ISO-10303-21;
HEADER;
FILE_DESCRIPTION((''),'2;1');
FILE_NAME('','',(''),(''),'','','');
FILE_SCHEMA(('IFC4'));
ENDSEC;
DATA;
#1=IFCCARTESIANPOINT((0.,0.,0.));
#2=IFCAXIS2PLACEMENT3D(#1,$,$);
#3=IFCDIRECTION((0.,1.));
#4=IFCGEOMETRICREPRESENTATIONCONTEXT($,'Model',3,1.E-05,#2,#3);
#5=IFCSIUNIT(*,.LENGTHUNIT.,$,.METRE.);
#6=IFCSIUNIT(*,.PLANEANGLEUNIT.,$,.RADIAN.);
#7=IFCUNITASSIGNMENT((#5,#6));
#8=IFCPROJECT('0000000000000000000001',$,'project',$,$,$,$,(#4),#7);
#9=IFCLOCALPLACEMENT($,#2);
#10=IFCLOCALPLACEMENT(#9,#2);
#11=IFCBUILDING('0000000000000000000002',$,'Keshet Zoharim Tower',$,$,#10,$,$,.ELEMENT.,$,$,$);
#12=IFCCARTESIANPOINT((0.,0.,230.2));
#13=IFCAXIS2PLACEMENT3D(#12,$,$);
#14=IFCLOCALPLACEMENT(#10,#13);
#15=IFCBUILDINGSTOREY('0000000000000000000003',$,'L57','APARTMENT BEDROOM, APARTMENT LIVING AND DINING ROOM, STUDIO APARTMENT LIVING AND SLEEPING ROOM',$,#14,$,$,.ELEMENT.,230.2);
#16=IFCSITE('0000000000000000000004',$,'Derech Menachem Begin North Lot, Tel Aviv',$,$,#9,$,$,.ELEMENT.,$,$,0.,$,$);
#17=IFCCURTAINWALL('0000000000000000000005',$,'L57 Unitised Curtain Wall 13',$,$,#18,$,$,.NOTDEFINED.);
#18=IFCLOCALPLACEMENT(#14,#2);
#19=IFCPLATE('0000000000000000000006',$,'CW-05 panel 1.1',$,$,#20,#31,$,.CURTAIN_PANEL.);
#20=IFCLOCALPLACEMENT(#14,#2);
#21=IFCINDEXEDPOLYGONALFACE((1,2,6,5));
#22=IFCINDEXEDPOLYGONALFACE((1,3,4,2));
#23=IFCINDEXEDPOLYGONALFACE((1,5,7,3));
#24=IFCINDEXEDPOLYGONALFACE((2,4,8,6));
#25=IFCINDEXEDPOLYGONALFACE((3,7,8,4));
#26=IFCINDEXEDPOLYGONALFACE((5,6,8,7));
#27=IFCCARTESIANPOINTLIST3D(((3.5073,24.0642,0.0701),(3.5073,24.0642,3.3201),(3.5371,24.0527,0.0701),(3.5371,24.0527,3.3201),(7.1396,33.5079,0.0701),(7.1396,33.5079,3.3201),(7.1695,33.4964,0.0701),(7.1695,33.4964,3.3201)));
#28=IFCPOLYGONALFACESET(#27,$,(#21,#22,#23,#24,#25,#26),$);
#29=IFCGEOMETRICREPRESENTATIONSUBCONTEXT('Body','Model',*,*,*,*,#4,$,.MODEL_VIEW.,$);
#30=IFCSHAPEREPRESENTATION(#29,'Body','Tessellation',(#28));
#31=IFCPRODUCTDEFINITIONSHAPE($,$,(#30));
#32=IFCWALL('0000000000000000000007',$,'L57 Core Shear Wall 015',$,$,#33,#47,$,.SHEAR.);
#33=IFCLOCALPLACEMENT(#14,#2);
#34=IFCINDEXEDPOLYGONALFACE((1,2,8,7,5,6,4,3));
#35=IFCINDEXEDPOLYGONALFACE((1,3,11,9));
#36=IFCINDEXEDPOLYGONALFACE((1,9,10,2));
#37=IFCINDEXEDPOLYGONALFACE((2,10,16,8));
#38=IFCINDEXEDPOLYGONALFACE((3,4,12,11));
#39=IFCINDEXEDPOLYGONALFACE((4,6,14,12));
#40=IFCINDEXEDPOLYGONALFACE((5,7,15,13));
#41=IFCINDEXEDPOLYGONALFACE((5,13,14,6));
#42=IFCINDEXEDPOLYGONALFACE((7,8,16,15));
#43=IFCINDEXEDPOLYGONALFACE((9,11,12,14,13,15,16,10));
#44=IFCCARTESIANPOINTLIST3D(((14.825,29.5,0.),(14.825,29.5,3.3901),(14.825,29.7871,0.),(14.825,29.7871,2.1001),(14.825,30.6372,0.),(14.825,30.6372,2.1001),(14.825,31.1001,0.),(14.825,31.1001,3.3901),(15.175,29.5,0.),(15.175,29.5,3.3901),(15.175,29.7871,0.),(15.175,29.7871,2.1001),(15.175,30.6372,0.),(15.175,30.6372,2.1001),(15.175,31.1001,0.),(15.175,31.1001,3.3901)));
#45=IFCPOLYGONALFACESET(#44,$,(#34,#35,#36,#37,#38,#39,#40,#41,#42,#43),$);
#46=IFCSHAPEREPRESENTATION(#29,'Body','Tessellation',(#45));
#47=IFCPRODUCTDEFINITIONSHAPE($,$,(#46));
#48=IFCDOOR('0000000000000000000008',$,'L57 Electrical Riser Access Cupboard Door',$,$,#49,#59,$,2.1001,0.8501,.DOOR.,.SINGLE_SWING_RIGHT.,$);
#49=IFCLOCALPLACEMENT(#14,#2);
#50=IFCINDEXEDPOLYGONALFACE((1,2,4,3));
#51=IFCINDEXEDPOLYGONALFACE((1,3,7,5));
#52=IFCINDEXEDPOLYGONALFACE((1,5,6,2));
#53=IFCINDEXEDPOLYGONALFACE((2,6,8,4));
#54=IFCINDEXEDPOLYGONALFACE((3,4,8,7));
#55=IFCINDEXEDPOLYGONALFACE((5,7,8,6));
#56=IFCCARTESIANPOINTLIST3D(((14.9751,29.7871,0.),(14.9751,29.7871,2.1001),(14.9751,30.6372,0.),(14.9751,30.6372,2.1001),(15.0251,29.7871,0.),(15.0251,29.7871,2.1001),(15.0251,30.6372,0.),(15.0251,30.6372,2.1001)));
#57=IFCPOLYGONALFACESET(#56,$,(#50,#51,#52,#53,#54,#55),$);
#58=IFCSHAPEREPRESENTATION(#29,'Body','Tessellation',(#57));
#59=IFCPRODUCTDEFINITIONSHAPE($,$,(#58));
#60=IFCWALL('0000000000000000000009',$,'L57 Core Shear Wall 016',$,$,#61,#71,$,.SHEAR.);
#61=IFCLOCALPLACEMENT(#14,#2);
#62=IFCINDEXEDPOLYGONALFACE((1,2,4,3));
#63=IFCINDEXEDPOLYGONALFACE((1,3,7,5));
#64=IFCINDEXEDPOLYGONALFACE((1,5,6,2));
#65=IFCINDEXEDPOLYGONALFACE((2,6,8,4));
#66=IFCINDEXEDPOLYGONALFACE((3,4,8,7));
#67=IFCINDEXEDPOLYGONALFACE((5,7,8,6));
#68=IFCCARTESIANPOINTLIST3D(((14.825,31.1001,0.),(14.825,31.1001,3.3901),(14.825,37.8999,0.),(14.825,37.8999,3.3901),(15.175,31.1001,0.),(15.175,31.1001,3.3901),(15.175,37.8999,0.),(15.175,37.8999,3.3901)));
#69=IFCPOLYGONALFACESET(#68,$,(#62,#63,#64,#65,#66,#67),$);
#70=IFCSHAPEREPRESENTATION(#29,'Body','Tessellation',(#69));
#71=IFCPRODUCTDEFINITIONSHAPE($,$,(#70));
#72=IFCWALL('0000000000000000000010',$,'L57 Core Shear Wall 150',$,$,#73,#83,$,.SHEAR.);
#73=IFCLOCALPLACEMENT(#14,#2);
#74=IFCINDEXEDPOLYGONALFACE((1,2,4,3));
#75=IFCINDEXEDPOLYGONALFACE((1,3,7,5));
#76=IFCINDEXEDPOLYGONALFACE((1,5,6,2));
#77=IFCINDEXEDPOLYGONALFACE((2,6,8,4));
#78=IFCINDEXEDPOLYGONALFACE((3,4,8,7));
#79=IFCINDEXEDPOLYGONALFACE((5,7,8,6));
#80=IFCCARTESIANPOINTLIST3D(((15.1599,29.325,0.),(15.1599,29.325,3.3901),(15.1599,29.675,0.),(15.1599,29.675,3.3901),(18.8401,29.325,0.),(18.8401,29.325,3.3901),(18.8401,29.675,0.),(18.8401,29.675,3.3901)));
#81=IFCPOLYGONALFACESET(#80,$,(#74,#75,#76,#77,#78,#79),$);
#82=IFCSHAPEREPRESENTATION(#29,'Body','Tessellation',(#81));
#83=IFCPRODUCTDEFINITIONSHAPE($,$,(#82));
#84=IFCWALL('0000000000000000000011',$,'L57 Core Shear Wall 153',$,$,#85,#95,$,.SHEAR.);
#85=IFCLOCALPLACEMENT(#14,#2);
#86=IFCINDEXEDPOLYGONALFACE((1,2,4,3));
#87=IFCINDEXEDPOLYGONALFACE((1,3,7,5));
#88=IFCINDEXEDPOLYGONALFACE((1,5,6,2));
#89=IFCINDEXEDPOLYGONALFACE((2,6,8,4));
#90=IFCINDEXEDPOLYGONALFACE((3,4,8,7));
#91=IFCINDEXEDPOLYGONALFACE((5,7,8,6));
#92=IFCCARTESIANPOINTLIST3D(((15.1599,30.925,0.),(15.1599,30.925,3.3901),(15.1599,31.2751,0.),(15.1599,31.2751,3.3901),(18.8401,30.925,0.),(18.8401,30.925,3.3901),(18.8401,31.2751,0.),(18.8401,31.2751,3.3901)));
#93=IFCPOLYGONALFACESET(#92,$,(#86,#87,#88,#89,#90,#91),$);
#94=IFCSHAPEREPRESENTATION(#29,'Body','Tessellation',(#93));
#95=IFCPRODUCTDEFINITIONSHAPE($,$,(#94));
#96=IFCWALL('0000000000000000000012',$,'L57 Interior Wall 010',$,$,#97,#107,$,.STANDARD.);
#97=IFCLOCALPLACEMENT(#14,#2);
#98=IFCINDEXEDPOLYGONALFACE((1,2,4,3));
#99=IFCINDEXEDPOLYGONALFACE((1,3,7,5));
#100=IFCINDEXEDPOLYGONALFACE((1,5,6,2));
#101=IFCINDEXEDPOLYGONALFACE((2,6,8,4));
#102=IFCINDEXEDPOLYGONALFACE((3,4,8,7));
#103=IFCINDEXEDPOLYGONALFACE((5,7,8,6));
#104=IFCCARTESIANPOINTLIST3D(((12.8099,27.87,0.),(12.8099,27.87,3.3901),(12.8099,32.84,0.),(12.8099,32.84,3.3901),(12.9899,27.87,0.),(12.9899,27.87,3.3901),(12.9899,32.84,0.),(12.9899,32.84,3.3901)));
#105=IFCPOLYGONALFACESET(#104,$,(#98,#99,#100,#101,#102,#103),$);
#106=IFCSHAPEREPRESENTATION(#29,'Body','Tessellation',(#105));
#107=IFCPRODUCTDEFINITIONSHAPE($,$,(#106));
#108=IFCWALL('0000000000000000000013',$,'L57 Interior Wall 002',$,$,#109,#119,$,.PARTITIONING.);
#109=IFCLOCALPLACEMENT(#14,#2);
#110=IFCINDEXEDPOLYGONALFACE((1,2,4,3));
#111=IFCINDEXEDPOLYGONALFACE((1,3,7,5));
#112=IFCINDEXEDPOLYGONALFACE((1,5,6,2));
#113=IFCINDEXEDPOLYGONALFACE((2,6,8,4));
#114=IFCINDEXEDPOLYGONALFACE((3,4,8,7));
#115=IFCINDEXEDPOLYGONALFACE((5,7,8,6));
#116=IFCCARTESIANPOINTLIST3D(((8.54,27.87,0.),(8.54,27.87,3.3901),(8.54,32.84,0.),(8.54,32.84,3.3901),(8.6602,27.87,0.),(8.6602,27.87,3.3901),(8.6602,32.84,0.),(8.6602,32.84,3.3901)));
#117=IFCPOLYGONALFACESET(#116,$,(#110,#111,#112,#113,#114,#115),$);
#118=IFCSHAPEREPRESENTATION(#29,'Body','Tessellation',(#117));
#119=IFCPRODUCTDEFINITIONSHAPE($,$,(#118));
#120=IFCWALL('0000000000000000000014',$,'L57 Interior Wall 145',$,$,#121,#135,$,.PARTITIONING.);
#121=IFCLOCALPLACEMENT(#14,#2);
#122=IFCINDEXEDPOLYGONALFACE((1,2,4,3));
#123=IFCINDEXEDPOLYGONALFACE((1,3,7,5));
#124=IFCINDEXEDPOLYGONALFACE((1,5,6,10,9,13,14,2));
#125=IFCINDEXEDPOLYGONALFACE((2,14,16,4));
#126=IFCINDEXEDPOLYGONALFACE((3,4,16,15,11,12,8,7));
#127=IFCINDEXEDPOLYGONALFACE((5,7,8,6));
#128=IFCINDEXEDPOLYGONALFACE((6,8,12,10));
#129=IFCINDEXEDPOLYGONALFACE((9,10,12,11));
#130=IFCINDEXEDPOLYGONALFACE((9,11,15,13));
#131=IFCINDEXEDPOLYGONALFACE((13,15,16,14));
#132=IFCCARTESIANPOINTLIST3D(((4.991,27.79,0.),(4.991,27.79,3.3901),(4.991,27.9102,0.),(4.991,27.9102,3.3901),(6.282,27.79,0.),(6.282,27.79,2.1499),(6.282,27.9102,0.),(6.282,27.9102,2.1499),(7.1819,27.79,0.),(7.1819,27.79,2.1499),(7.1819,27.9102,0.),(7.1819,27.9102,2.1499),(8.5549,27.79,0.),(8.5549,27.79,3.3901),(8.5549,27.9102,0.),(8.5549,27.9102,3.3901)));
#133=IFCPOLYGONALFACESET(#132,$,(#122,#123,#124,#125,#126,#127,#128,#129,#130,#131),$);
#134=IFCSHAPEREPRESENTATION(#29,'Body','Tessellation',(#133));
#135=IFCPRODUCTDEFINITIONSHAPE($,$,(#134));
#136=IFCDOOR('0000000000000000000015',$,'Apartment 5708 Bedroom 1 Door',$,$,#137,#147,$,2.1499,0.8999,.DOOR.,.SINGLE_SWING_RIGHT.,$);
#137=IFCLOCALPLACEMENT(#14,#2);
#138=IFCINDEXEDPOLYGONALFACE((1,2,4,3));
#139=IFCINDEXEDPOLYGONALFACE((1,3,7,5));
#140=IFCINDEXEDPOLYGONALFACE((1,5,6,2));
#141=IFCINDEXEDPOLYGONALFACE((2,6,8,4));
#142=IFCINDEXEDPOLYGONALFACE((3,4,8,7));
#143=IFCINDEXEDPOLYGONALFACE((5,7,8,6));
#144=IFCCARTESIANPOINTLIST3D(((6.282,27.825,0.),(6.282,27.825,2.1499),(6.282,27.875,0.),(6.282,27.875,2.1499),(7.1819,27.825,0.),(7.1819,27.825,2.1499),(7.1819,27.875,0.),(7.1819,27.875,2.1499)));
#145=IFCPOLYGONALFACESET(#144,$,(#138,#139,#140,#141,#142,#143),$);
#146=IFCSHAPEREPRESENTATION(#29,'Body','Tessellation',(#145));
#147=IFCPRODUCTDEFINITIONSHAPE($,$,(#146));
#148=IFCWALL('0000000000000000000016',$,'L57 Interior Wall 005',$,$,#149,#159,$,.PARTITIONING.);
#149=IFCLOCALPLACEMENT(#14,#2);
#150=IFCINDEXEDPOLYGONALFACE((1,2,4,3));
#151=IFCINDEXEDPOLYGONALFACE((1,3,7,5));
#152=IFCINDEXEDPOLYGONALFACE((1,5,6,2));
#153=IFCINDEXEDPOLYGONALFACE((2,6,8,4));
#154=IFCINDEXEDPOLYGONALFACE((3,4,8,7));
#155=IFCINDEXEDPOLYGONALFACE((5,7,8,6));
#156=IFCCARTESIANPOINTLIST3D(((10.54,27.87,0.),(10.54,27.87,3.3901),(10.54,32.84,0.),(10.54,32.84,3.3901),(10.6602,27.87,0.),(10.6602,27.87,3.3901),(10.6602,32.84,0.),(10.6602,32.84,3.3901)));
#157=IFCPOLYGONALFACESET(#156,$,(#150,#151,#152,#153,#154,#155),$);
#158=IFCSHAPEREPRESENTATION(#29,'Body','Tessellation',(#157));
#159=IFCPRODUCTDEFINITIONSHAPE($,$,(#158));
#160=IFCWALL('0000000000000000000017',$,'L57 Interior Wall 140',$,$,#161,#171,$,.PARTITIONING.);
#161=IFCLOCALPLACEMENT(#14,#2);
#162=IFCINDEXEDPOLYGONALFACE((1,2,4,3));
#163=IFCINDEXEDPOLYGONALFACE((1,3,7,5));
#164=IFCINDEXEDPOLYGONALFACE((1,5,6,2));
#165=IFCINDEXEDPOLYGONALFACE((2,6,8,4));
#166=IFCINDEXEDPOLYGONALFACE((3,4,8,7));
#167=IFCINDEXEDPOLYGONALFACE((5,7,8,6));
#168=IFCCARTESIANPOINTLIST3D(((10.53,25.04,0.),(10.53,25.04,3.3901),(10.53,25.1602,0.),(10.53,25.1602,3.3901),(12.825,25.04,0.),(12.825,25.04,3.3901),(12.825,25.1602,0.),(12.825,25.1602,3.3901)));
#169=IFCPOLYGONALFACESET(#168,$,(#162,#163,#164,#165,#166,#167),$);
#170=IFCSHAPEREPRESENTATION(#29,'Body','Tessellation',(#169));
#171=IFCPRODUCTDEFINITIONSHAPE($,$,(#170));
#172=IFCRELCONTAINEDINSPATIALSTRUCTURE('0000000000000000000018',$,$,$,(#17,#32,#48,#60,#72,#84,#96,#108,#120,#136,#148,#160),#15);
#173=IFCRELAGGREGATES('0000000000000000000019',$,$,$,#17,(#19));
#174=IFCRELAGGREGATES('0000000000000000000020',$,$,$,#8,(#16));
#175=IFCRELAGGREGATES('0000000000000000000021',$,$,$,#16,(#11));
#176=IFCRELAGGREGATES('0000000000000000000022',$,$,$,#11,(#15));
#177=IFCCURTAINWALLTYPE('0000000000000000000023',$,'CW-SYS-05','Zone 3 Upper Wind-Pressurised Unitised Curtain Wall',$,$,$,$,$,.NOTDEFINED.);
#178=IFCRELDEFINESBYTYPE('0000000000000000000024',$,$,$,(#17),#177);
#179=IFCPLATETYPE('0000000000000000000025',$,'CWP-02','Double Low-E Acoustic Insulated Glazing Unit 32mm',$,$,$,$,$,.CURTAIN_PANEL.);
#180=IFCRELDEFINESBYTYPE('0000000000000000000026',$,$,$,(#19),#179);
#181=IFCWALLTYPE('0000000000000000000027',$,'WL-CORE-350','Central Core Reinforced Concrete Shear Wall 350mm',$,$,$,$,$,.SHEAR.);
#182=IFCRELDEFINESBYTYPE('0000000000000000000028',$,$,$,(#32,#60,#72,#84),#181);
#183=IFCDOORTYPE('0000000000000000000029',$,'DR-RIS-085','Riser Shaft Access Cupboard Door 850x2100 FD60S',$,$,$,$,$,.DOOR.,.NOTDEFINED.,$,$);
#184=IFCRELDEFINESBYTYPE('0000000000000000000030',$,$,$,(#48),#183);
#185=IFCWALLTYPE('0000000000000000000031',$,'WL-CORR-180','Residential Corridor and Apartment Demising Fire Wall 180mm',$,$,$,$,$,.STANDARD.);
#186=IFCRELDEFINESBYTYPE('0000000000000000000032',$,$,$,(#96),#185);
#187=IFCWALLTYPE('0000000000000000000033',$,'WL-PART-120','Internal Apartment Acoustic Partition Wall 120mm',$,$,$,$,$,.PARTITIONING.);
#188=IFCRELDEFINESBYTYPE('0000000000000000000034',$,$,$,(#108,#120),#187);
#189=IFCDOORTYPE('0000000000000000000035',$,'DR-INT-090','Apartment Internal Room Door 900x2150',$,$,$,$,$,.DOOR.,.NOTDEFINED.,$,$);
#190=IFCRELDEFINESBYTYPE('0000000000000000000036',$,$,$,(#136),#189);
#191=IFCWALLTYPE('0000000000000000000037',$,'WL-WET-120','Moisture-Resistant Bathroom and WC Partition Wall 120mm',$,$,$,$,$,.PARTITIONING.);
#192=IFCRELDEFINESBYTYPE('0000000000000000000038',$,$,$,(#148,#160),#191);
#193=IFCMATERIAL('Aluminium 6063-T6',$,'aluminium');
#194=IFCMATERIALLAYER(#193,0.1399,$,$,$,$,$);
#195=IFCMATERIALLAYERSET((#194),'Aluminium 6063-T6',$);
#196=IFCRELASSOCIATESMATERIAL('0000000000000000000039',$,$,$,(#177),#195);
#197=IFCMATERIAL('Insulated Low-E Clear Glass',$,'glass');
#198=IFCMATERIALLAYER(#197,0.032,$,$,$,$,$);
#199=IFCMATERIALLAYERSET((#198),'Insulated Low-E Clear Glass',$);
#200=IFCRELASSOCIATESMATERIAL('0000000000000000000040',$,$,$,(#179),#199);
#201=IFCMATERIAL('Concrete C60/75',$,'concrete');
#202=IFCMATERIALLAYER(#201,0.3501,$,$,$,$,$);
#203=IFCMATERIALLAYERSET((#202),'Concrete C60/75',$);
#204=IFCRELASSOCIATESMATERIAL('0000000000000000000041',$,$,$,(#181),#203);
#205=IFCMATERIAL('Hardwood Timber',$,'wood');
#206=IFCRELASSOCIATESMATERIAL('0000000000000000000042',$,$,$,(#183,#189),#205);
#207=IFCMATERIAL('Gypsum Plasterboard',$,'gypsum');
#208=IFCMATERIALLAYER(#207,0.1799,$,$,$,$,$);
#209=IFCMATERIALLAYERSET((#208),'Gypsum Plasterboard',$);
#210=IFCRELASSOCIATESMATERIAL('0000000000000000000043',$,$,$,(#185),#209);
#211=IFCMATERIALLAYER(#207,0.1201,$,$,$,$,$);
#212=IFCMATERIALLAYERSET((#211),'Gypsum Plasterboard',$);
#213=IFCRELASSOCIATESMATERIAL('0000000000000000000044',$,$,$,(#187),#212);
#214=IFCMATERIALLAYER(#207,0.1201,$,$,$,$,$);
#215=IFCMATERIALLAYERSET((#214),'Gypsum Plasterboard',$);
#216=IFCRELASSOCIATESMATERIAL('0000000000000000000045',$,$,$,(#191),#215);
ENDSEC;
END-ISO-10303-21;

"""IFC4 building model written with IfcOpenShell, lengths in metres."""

from ifc_helpers import new_model, si_unit, direction, frame, frame_2d, origin, origin_2d, place, context, subcontext, project, spatial, rectangle, extrude, material, layer, layer_set, type_object, element, fill, aggregate, save


model = new_model("IFC4")

# Units and contexts
model_context = context("Model", 3, precision=1e-05, world=origin(), true_north=direction((0.0, 1.0)))
body_context = subcontext(model_context, "Body", "Model", "MODEL_VIEW")
ifc_project = project(units=[si_unit("LENGTHUNIT", "METRE"), si_unit("PLANEANGLEUNIT", "RADIAN")], contexts=[model_context])

# Site, building, storey
site_placement = place(None, origin())
site = spatial("IfcSite", under=ifc_project, at=site_placement, Name="Derech Menachem Begin North Lot, Tel Aviv", CompositionType="ELEMENT", RefElevation=0.0)
building_placement = place(site_placement, origin())
building = spatial("IfcBuilding", under=site, at=building_placement, Name="Keshet Zoharim Tower", CompositionType="ELEMENT")
storey_placement = place(building_placement, frame((0.0, 0.0, 230.2)))
storey = spatial("IfcBuildingStorey", under=building, at=storey_placement, Name="L57", Description="APARTMENT BEDROOM, APARTMENT LIVING AND DINING ROOM, STUDIO APARTMENT LIVING AND SLEEPING ROOM", CompositionType="ELEMENT", Elevation=230.2)

# Curtain wall, plate
ifc_material_1 = material(Name="Aluminium 6063-T6", Category="aluminium")
ifc_layer_1 = layer(ifc_material_1, 0.1399)
ifc_layer_set_1 = layer_set([ifc_layer_1], Name="Aluminium 6063-T6")
curtain_wall_type = type_object("IfcCurtainWallType", Name="CW-SYS-05", Description="Zone 3 Upper Wind-Pressurised Unitised Curtain Wall", PredefinedType="NOTDEFINED", material=ifc_layer_set_1)
curtain_wall_placement = place(storey_placement, origin())
curtain_wall = element("IfcCurtainWall", 1, at=curtain_wall_placement, inside=storey, type_object=curtain_wall_type, Name="L57 Unitised Curtain Wall 13", PredefinedType="NOTDEFINED")
ifc_material_2 = material(Name="Insulated Low-E Clear Glass", Category="glass")
ifc_layer_2 = layer(ifc_material_2, 0.032)
ifc_layer_set_2 = layer_set([ifc_layer_2], Name="Insulated Low-E Clear Glass")
plate_type = type_object("IfcPlateType", Name="CWP-02", Description="Double Low-E Acoustic Insulated Glazing Unit 32mm", PredefinedType="CURTAIN_PANEL", material=ifc_layer_set_2)
plate_placement = place(storey_placement, frame((5.3384, 28.7803, 0.0701), z_axis=(0.0, 0.0, 1.0), x_axis=(0.35899, 0.933341, 0.0)))
plate = element("IfcPlate", 2, at=plate_placement, type_object=plate_type, Name="CW-05 panel 1.1", PredefinedType="CURTAIN_PANEL", context=body_context, shape_type="SweptSolid", body=[
    extrude(rectangle(XDim=10.1182, YDim=0.032, at=origin_2d()), origin(), (0.0, 0.0, 1.0), 3.25),
])
aggregate(curtain_wall, [plate])

# Wall, opening, door
ifc_material_3 = material(Name="Concrete C60/75", Category="concrete")
ifc_layer_3 = layer(ifc_material_3, 0.3501)
ifc_layer_set_3 = layer_set([ifc_layer_3], Name="Concrete C60/75")
wall_type_1 = type_object("IfcWallType", Name="WL-CORE-350", Description="Central Core Reinforced Concrete Shear Wall 350mm", PredefinedType="SHEAR", material=ifc_layer_set_3)
wall_1_placement = place(storey_placement, frame((15.0, 29.5, 0.0), z_axis=(0.0, 0.0, 1.0), x_axis=(0.0, 1.0, 0.0)))
wall_1 = element("IfcWall", 3, at=wall_1_placement, inside=storey, type_object=wall_type_1, Name="L57 Core Shear Wall 015", PredefinedType="SHEAR", context=body_context, shape_type="SweptSolid", body=[
    extrude(rectangle(XDim=1.6001, YDim=0.3501, at=frame_2d((0.8, 0.0))), origin(), (0.0, 0.0, 1.0), 3.3901),
])
opening_1_placement = place(wall_1_placement, frame((0.2871, 0.0, 0.0)))
opening_1 = element("IfcOpeningElement", 4, at=opening_1_placement, cuts=wall_1, PredefinedType="OPENING", context=body_context, shape_type="SweptSolid", body=[
    extrude(rectangle(XDim=0.8501, YDim=2.1001, at=frame_2d((0.425, 1.05))), frame((0.0, 0.1851, 0.0), z_axis=(0.0, -1.0, 0.0), x_axis=(1.0, 0.0, 0.0)), (0.0, 0.0, 1.0), 0.3701),
])
ifc_material_4 = material(Name="Hardwood Timber", Category="wood")
door_type_1 = type_object("IfcDoorType", Name="DR-RIS-085", Description="Riser Shaft Access Cupboard Door 850x2100 FD60S", OperationType="NOTDEFINED", PredefinedType="DOOR", material=ifc_material_4)
door_1_placement = place(opening_1_placement, origin())
door_1 = element("IfcDoor", 5, at=door_1_placement, inside=storey, type_object=door_type_1, Name="L57 Electrical Riser Access Cupboard Door", OperationType="SINGLE_SWING_RIGHT", OverallHeight=2.1001, OverallWidth=0.8501, PredefinedType="DOOR", context=body_context, shape_type="SweptSolid", body=[
    extrude(rectangle(XDim=0.8501, YDim=2.1001, at=frame_2d((0.425, 1.05))), frame((0.0, 0.0249, 0.0), z_axis=(0.0, -1.0, 0.0), x_axis=(1.0, 0.0, 0.0)), (0.0, 0.0, 1.0), 0.05),
])
fill(opening_1, door_1)

# Walls
wall_2_placement = place(storey_placement, frame((15.0, 31.1001, 0.0), z_axis=(0.0, 0.0, 1.0), x_axis=(0.0, 1.0, 0.0)))
element("IfcWall", 6, at=wall_2_placement, inside=storey, type_object=wall_type_1, Name="L57 Core Shear Wall 016", PredefinedType="SHEAR", context=body_context, shape_type="SweptSolid", body=[
    extrude(rectangle(XDim=6.7998, YDim=0.3501, at=frame_2d((3.3999, 0.0))), origin(), (0.0, 0.0, 1.0), 3.3901),
])
for number, where, z_axis, x_axis, name in (
    (7, (15.1599, 29.5, 0.0), (0.0, 0.0, 1.0), (1.0, 0.0, 0.0), "L57 Core Shear Wall 150"),
    (8, (15.1599, 31.1001, 0.0), (0.0, 0.0, 1.0), (1.0, 0.0, 0.0), "L57 Core Shear Wall 153"),
):
    element("IfcWall", number, at=place(storey_placement, frame(where, z_axis=z_axis, x_axis=x_axis)), inside=storey, type_object=wall_type_1, Name=name, PredefinedType="SHEAR", context=body_context, shape_type="SweptSolid", body=[
        extrude(rectangle(XDim=3.6802, YDim=0.3501, at=frame_2d((1.8401, 0.0))), origin(), (0.0, 0.0, 1.0), 3.3901),
    ])

# Shared definitions
ifc_material_5 = material(Name="Gypsum Plasterboard", Category="gypsum")
ifc_layer_4 = layer(ifc_material_5, 0.1799)
ifc_layer_set_4 = layer_set([ifc_layer_4], Name="Gypsum Plasterboard")
wall_type_2 = type_object("IfcWallType", Name="WL-CORR-180", Description="Residential Corridor and Apartment Demising Fire Wall 180mm", PredefinedType="STANDARD", material=ifc_layer_set_4)

# Walls
wall_3_placement = place(storey_placement, frame((12.8999, 27.8701, 0.0), z_axis=(0.0, 0.0, 1.0), x_axis=(0.0, 1.0, 0.0)))
element("IfcWall", 9, at=wall_3_placement, inside=storey, type_object=wall_type_2, Name="L57 Interior Wall 010", PredefinedType="STANDARD", context=body_context, shape_type="SweptSolid", body=[
    extrude(rectangle(XDim=4.97, YDim=0.1799, at=frame_2d((2.4849, 0.0))), origin(), (0.0, 0.0, 1.0), 3.3901),
])
ifc_layer_5 = layer(ifc_material_5, 0.1201)
ifc_layer_set_5 = layer_set([ifc_layer_5], Name="Gypsum Plasterboard")
wall_type_3 = type_object("IfcWallType", Name="WL-PART-120", Description="Internal Apartment Acoustic Partition Wall 120mm", PredefinedType="PARTITIONING", material=ifc_layer_set_5)
wall_4_placement = place(storey_placement, frame((8.6001, 27.8701, 0.0), z_axis=(0.0, 0.0, 1.0), x_axis=(0.0, 1.0, 0.0)))
element("IfcWall", 10, at=wall_4_placement, inside=storey, type_object=wall_type_3, Name="L57 Interior Wall 002", PredefinedType="PARTITIONING", context=body_context, shape_type="SweptSolid", body=[
    extrude(rectangle(XDim=4.97, YDim=0.1201, at=frame_2d((2.4849, 0.0))), origin(), (0.0, 0.0, 1.0), 3.3901),
])

# Wall, opening, door
wall_5_placement = place(storey_placement, frame((4.991, 27.8501, 0.0), z_axis=(0.0, 0.0, 1.0), x_axis=(1.0, 0.0, 0.0)))
wall_5 = element("IfcWall", 11, at=wall_5_placement, inside=storey, type_object=wall_type_3, Name="L57 Interior Wall 145", PredefinedType="PARTITIONING", context=body_context, shape_type="SweptSolid", body=[
    extrude(rectangle(XDim=3.564, YDim=0.1201, at=frame_2d((1.782, 0.0))), origin(), (0.0, 0.0, 1.0), 3.3901),
])
opening_2_placement = place(wall_5_placement, frame((1.291, 0.0, 0.0)))
opening_2 = element("IfcOpeningElement", 12, at=opening_2_placement, cuts=wall_5, PredefinedType="OPENING", context=body_context, shape_type="SweptSolid", body=[
    extrude(rectangle(XDim=0.8999, YDim=2.1499, at=frame_2d((0.45, 1.075))), frame((0.0, 0.0701, 0.0), z_axis=(0.0, -1.0, 0.0), x_axis=(1.0, 0.0, 0.0)), (0.0, 0.0, 1.0), 0.1401),
])
door_type_2 = type_object("IfcDoorType", Name="DR-INT-090", Description="Apartment Internal Room Door 900x2150", OperationType="NOTDEFINED", PredefinedType="DOOR", material=ifc_material_4)
door_2_placement = place(opening_2_placement, origin())
door_2 = element("IfcDoor", 13, at=door_2_placement, inside=storey, type_object=door_type_2, Name="Apartment 5708 Bedroom 1 Door", OperationType="SINGLE_SWING_RIGHT", OverallHeight=2.1499, OverallWidth=0.8999, PredefinedType="DOOR", context=body_context, shape_type="SweptSolid", body=[
    extrude(rectangle(XDim=0.8999, YDim=2.1499, at=frame_2d((0.45, 1.075))), frame((0.0, 0.0249, 0.0), z_axis=(0.0, -1.0, 0.0), x_axis=(1.0, 0.0, 0.0)), (0.0, 0.0, 1.0), 0.05),
])
fill(opening_2, door_2)

# Walls
ifc_layer_6 = layer(ifc_material_5, 0.1201)
ifc_layer_set_6 = layer_set([ifc_layer_6], Name="Gypsum Plasterboard")
wall_type_4 = type_object("IfcWallType", Name="WL-WET-120", Description="Moisture-Resistant Bathroom and WC Partition Wall 120mm", PredefinedType="PARTITIONING", material=ifc_layer_set_6)
wall_6_placement = place(storey_placement, frame((10.6001, 27.8701, 0.0), z_axis=(0.0, 0.0, 1.0), x_axis=(0.0, 1.0, 0.0)))
element("IfcWall", 14, at=wall_6_placement, inside=storey, type_object=wall_type_4, Name="L57 Interior Wall 005", PredefinedType="PARTITIONING", context=body_context, shape_type="SweptSolid", body=[
    extrude(rectangle(XDim=4.97, YDim=0.1201, at=frame_2d((2.4849, 0.0))), origin(), (0.0, 0.0, 1.0), 3.3901),
])
wall_7_placement = place(storey_placement, frame((10.53, 25.1001, 0.0), z_axis=(0.0, 0.0, 1.0), x_axis=(1.0, 0.0, 0.0)))
element("IfcWall", 15, at=wall_7_placement, inside=storey, type_object=wall_type_4, Name="L57 Interior Wall 140", PredefinedType="PARTITIONING", context=body_context, shape_type="SweptSolid", body=[
    extrude(rectangle(XDim=2.2949, YDim=0.1201, at=frame_2d((1.1475, 0.0))), origin(), (0.0, 0.0, 1.0), 3.3901),
])

save(model, "model.ifc")
